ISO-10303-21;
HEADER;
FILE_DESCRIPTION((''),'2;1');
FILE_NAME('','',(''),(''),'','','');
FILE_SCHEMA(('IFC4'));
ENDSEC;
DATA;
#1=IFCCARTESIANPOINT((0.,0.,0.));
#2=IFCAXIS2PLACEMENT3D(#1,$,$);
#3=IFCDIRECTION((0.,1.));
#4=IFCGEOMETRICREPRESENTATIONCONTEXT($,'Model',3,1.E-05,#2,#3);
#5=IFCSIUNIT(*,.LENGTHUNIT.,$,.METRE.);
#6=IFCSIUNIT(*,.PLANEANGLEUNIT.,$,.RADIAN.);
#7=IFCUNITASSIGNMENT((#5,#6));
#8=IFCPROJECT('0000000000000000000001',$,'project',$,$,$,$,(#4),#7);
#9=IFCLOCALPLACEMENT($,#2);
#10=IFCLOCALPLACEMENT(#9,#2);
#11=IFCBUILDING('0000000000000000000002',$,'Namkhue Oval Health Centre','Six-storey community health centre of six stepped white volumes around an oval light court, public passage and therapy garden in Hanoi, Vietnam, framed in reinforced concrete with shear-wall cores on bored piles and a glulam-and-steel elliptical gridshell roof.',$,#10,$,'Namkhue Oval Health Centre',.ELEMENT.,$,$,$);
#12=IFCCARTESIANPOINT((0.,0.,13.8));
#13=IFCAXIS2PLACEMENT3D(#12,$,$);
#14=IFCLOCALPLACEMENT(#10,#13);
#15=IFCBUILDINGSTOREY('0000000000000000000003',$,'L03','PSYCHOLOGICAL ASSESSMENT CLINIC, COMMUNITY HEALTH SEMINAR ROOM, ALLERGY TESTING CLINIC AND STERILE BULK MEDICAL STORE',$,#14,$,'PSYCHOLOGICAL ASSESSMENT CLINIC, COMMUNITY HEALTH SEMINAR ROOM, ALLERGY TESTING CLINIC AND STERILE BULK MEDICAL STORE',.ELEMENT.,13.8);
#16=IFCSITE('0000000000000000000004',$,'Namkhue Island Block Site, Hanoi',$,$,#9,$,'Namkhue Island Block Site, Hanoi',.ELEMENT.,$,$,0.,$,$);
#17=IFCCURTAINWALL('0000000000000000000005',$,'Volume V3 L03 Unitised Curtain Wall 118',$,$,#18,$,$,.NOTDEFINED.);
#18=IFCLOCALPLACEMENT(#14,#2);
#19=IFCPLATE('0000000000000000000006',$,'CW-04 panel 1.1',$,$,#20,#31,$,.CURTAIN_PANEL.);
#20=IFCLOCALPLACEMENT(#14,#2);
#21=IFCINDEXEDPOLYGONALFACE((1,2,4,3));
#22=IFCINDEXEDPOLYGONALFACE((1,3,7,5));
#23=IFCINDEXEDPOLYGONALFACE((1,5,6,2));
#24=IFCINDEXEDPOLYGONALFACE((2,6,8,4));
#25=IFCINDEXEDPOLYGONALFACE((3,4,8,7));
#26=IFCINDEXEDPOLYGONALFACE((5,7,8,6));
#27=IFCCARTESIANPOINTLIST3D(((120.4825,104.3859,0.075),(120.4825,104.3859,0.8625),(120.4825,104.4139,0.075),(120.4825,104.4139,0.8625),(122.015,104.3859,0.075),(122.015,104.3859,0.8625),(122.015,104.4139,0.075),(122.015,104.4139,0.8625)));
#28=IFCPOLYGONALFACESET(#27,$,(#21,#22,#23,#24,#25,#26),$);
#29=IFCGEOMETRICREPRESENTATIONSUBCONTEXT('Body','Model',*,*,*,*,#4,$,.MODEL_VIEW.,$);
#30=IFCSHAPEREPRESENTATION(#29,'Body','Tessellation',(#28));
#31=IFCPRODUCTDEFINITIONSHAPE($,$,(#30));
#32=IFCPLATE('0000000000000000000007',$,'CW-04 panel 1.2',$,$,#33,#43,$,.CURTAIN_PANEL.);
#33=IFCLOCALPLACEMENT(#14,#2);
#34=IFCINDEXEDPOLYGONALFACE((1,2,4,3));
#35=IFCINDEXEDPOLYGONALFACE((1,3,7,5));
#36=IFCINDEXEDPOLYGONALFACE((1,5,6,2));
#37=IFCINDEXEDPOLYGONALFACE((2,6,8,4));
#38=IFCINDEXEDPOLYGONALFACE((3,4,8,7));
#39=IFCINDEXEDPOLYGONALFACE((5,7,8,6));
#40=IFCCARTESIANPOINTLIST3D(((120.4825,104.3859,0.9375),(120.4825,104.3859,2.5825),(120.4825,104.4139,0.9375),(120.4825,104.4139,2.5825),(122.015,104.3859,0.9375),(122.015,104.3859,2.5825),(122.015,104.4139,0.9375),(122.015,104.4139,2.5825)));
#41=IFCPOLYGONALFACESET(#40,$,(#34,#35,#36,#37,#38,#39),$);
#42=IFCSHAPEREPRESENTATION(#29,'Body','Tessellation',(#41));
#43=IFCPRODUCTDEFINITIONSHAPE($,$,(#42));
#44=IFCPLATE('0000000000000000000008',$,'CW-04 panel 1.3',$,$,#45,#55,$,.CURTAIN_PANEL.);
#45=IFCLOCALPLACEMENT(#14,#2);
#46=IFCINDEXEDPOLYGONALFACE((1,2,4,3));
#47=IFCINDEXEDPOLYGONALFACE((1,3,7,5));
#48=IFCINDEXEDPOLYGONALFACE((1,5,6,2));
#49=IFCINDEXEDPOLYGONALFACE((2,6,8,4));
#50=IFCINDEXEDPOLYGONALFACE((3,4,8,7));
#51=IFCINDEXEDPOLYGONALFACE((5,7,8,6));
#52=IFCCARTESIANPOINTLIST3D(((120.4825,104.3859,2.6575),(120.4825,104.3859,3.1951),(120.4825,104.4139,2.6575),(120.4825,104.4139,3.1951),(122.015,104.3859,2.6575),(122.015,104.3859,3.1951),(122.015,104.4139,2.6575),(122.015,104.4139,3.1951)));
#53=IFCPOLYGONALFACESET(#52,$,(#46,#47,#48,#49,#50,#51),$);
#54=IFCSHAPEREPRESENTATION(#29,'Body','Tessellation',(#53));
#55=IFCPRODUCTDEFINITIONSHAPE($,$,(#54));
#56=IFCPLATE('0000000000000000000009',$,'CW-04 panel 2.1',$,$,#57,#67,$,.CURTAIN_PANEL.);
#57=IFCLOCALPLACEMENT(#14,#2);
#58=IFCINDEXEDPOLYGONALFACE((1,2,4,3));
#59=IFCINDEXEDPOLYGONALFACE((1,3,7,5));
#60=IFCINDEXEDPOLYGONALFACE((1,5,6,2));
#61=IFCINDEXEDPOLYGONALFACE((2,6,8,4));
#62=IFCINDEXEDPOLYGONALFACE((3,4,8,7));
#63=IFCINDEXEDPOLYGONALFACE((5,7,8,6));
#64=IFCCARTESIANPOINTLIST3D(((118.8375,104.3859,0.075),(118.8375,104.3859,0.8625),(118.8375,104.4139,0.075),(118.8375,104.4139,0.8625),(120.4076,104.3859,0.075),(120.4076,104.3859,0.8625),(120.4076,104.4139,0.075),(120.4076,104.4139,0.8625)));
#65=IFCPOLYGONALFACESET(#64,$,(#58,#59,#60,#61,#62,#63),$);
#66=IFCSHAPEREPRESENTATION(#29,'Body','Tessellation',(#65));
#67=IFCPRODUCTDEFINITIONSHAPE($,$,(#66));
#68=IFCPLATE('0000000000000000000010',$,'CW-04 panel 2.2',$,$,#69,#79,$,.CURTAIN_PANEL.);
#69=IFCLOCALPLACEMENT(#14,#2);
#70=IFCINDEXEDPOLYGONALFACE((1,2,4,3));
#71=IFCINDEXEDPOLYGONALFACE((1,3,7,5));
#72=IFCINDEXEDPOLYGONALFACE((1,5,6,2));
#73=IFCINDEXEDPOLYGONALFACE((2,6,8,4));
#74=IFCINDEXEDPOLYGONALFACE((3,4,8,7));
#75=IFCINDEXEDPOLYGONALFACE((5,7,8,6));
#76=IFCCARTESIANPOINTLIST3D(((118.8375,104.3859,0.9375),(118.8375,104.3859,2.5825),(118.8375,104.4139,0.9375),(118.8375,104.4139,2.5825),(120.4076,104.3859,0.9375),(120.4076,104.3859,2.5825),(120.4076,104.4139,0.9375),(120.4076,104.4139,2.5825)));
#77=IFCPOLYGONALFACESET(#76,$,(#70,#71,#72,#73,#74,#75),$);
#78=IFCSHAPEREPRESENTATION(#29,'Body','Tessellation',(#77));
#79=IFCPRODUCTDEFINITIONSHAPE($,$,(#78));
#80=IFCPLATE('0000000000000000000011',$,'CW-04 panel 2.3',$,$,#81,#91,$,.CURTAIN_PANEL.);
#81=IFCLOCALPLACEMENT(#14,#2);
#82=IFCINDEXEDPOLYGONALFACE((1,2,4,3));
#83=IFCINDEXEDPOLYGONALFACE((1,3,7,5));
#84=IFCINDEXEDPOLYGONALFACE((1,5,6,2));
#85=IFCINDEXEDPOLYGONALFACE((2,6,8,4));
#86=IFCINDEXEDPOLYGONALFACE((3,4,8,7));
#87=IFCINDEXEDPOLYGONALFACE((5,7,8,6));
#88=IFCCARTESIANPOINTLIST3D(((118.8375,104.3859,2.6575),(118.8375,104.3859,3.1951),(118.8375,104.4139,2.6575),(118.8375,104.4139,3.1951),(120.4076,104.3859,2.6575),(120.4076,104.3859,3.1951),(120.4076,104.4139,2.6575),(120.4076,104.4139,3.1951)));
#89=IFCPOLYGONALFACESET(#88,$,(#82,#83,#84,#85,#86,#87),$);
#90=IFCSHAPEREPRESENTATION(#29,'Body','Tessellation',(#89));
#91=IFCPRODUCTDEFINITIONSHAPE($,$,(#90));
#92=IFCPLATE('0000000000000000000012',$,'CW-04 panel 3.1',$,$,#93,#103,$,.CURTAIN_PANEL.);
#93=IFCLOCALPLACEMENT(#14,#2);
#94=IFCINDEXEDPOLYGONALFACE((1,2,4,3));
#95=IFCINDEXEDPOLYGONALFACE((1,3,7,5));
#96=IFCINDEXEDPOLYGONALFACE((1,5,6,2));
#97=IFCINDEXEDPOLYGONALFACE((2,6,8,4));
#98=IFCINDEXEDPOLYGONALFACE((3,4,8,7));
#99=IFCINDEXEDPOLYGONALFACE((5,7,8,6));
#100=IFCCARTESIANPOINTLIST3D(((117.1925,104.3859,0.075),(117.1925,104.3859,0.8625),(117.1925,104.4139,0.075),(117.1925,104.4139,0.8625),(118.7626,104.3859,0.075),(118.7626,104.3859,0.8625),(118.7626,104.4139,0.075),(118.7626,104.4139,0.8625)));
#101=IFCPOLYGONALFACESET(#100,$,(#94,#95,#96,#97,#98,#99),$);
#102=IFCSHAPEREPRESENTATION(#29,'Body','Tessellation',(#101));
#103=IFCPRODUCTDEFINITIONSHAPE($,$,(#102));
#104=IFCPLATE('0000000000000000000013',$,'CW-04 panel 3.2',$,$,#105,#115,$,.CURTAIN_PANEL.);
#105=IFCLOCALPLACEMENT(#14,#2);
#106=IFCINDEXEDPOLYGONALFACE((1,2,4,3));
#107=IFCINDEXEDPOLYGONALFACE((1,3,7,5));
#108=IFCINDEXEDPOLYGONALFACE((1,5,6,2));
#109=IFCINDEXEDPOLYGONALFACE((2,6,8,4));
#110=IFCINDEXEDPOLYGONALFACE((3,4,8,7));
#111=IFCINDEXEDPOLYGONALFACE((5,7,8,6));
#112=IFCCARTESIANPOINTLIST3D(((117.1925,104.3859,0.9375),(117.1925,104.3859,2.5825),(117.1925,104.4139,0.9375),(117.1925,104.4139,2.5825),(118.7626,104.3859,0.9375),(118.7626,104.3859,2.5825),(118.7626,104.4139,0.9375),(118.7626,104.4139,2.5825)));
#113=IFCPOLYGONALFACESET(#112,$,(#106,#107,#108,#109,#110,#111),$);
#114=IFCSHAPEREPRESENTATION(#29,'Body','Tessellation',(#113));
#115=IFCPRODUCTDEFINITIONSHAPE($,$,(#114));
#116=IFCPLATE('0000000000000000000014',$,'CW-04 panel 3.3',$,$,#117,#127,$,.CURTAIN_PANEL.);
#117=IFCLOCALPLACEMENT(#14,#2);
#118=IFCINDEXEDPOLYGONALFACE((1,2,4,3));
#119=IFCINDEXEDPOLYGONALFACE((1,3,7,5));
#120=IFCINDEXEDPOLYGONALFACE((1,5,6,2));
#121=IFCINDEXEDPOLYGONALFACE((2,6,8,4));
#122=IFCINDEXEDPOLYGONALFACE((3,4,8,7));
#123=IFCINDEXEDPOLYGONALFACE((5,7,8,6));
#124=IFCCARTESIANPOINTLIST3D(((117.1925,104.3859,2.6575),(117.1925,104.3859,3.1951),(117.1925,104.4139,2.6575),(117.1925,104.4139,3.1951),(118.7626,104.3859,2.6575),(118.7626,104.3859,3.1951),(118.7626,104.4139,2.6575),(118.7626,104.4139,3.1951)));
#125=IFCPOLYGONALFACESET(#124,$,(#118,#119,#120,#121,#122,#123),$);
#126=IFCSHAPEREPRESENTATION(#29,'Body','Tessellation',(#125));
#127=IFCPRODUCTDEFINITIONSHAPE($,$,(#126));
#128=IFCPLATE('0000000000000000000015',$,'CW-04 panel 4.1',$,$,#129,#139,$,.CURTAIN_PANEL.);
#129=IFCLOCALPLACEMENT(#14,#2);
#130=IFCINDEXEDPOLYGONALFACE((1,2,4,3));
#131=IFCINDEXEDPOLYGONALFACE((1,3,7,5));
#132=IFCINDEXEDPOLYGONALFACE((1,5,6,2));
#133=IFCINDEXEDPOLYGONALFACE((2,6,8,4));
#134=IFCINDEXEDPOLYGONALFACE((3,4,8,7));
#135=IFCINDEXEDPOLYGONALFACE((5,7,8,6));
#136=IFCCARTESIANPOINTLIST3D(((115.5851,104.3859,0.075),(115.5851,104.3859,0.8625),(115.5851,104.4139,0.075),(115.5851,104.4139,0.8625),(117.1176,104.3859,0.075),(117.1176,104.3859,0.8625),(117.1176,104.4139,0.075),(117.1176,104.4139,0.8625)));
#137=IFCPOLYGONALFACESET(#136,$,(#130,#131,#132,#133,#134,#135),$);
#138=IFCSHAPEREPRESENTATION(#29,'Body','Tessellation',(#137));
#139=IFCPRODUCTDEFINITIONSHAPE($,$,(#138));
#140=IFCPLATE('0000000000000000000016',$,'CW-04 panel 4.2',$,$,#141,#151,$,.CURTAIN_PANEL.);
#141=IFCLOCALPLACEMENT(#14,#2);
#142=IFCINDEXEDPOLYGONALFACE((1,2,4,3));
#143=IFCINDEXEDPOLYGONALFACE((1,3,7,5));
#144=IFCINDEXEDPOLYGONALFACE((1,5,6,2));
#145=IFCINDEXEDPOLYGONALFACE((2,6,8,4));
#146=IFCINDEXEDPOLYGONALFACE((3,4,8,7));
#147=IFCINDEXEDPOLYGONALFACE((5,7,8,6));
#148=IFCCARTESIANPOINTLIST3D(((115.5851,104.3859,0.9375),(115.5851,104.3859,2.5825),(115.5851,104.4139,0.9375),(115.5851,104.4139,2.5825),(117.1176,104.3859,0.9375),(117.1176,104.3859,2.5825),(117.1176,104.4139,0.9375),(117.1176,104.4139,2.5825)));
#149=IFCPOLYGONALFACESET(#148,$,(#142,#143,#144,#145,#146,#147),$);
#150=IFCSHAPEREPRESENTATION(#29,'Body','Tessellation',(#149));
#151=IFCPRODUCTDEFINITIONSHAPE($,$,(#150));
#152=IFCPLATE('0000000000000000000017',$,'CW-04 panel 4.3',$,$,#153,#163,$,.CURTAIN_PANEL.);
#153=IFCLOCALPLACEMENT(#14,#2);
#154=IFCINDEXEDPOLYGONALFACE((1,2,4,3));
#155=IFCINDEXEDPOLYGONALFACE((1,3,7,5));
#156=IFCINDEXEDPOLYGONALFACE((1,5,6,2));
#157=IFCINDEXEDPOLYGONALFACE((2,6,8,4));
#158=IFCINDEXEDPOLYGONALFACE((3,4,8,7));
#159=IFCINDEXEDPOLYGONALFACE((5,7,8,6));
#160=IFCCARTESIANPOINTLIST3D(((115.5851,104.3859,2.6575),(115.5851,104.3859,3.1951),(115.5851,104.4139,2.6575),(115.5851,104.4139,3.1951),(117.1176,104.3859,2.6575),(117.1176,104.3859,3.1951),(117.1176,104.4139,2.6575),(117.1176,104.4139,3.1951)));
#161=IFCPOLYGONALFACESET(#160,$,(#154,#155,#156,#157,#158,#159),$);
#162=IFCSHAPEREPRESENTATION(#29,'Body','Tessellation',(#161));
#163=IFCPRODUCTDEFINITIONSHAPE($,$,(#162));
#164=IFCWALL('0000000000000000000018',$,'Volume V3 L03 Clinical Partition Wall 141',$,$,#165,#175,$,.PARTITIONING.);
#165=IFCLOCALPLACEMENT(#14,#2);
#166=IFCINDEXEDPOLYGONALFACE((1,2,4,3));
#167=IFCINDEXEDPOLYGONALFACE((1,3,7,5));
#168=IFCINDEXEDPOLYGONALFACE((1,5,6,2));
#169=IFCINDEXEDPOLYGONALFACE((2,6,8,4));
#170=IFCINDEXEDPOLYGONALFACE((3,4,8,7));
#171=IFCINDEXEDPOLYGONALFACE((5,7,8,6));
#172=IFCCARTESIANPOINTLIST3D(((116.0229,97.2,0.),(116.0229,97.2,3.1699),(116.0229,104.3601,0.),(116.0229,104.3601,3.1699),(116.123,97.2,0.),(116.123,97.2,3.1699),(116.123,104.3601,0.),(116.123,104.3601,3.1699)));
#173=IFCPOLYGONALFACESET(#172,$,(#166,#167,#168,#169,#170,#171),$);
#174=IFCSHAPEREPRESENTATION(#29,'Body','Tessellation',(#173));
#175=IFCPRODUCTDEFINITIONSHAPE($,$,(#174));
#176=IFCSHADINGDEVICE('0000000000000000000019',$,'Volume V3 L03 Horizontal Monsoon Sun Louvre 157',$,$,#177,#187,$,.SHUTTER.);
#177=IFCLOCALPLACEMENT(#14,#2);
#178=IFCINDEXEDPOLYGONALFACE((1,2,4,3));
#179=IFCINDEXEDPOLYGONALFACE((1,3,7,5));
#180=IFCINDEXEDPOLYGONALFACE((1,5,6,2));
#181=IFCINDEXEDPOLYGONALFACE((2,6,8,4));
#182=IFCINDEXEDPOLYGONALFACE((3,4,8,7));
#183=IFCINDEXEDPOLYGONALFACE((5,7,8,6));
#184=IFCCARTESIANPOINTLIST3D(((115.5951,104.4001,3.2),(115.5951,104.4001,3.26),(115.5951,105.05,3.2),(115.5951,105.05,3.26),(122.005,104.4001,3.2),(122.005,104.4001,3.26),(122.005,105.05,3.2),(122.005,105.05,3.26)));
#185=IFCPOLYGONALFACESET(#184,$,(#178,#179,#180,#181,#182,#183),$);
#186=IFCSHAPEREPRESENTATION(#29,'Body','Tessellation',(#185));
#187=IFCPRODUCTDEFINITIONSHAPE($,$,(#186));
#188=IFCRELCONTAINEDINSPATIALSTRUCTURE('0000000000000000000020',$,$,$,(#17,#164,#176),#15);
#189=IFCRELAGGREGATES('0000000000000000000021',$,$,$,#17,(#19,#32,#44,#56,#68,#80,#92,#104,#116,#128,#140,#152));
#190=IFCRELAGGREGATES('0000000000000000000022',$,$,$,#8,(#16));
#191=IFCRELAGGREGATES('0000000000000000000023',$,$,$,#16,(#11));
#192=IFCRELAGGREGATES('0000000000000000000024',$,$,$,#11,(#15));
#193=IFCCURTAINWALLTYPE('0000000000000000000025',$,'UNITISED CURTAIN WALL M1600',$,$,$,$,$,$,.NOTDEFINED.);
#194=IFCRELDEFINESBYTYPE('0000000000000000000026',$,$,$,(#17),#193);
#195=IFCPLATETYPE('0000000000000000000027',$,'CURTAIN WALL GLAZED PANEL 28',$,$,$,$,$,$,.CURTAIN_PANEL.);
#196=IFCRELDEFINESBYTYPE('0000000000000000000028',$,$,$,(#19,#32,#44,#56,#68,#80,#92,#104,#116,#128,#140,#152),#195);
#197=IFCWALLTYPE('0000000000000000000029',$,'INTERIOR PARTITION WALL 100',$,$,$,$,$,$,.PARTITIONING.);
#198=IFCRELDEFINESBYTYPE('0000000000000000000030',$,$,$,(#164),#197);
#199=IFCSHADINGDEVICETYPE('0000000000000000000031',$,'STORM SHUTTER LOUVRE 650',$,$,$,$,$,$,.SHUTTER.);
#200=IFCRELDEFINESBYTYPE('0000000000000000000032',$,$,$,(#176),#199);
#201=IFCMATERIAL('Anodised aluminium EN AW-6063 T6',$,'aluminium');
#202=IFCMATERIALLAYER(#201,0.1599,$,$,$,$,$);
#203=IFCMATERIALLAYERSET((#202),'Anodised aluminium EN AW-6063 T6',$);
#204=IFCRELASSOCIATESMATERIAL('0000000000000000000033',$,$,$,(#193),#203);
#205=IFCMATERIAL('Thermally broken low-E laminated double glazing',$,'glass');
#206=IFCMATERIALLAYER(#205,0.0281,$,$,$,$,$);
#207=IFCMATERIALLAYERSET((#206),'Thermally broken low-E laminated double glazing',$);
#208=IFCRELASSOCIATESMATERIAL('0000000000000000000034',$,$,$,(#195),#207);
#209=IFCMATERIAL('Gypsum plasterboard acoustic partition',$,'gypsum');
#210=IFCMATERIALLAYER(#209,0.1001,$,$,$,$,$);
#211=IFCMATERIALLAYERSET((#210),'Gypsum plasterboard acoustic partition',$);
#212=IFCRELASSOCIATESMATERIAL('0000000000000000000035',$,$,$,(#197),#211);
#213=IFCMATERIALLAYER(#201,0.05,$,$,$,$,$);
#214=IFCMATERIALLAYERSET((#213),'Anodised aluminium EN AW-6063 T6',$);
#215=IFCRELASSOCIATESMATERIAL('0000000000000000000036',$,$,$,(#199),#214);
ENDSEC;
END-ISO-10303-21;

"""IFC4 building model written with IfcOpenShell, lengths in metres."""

from ifc_helpers import new_model, si_unit, direction, frame, frame_2d, origin, origin_2d, place, context, subcontext, project, spatial, rectangle, extrude, material, layer, layer_set, type_object, element, aggregate, save


model = new_model("IFC4")

# Units and contexts
model_context = context("Model", 3, precision=1e-05, world=origin(), true_north=direction((0.0, 1.0)))
body_context = subcontext(model_context, "Body", "Model", "MODEL_VIEW")
ifc_project = project(units=[si_unit("LENGTHUNIT", "METRE"), si_unit("PLANEANGLEUNIT", "RADIAN")], contexts=[model_context])

# Site, building, storey
site_placement = place(None, origin())
site = spatial("IfcSite", under=ifc_project, at=site_placement, Name="Namkhue Island Block Site, Hanoi", LongName="Namkhue Island Block Site, Hanoi", CompositionType="ELEMENT", RefElevation=0.0)
building_placement = place(site_placement, origin())
building = spatial("IfcBuilding", under=site, at=building_placement, Name="Namkhue Oval Health Centre", Description="Six-storey community health centre of six stepped white volumes around an oval light court, public passage and therapy garden in Hanoi, Vietnam, framed in reinforced concrete with shear-wall cores on bored piles and a glulam-and-steel elliptical gridshell roof.", LongName="Namkhue Oval Health Centre", CompositionType="ELEMENT")
storey_placement = place(building_placement, frame((0.0, 0.0, 13.8)))
storey = spatial("IfcBuildingStorey", under=building, at=storey_placement, Name="L03", Description="PSYCHOLOGICAL ASSESSMENT CLINIC, COMMUNITY HEALTH SEMINAR ROOM, ALLERGY TESTING CLINIC AND STERILE BULK MEDICAL STORE", LongName="PSYCHOLOGICAL ASSESSMENT CLINIC, COMMUNITY HEALTH SEMINAR ROOM, ALLERGY TESTING CLINIC AND STERILE BULK MEDICAL STORE", CompositionType="ELEMENT", Elevation=13.8)

# Curtain wall
ifc_material_1 = material(Name="Anodised aluminium EN AW-6063 T6", Category="aluminium")
ifc_layer_1 = layer(ifc_material_1, 0.1599)
ifc_layer_set_1 = layer_set([ifc_layer_1], Name="Anodised aluminium EN AW-6063 T6")
curtain_wall_type = type_object("IfcCurtainWallType", Name="UNITISED CURTAIN WALL M1600", PredefinedType="NOTDEFINED", material=ifc_layer_set_1)
curtain_wall_placement = place(storey_placement, origin())
curtain_wall = element("IfcCurtainWall", 1, at=curtain_wall_placement, inside=storey, type_object=curtain_wall_type, Name="Volume V3 L03 Unitised Curtain Wall 118", PredefinedType="NOTDEFINED")

# Plates
ifc_material_2 = material(Name="Thermally broken low-E laminated double glazing", Category="glass")
ifc_layer_2 = layer(ifc_material_2, 0.0281)
ifc_layer_set_2 = layer_set([ifc_layer_2], Name="Thermally broken low-E laminated double glazing")
plate_type = type_object("IfcPlateType", Name="CURTAIN WALL GLAZED PANEL 28", PredefinedType="CURTAIN_PANEL", material=ifc_layer_set_2)
plate_1_placement = place(storey_placement, frame((121.2488, 104.3999, 0.075), z_axis=(0.0, 0.0, 1.0), x_axis=(-1.0, 0.0, 0.0)))
plate_1 = element("IfcPlate", 2, at=plate_1_placement, type_object=plate_type, Name="CW-04 panel 1.1", PredefinedType="CURTAIN_PANEL", context=body_context, shape_type="SweptSolid", body=[
    extrude(rectangle(XDim=1.5325, YDim=0.0281, at=origin_2d()), origin(), (0.0, 0.0, 1.0), 0.7876),
])
plate_2_placement = place(storey_placement, frame((121.2488, 104.3999, 0.9375), z_axis=(0.0, 0.0, 1.0), x_axis=(-1.0, 0.0, 0.0)))
plate_2 = element("IfcPlate", 3, at=plate_2_placement, type_object=plate_type, Name="CW-04 panel 1.2", PredefinedType="CURTAIN_PANEL", context=body_context, shape_type="SweptSolid", body=[
    extrude(rectangle(XDim=1.5325, YDim=0.0281, at=origin_2d()), origin(), (0.0, 0.0, 1.0), 1.645),
])
plate_3_placement = place(storey_placement, frame((121.2488, 104.3999, 2.6575), z_axis=(0.0, 0.0, 1.0), x_axis=(-1.0, 0.0, 0.0)))
plate_3 = element("IfcPlate", 4, at=plate_3_placement, type_object=plate_type, Name="CW-04 panel 1.3", PredefinedType="CURTAIN_PANEL", context=body_context, shape_type="SweptSolid", body=[
    extrude(rectangle(XDim=1.5325, YDim=0.0281, at=origin_2d()), origin(), (0.0, 0.0, 1.0), 0.5376),
])
plate_4_placement = place(storey_placement, frame((119.6226, 104.3999, 0.075), z_axis=(0.0, 0.0, 1.0), x_axis=(-1.0, 0.0, 0.0)))
plate_4 = element("IfcPlate", 5, at=plate_4_placement, type_object=plate_type, Name="CW-04 panel 2.1", PredefinedType="CURTAIN_PANEL", context=body_context, shape_type="SweptSolid", body=[
    extrude(rectangle(XDim=1.5701, YDim=0.0281, at=origin_2d()), origin(), (0.0, 0.0, 1.0), 0.7876),
])
plate_5_placement = place(storey_placement, frame((119.6226, 104.3999, 0.9375), z_axis=(0.0, 0.0, 1.0), x_axis=(-1.0, 0.0, 0.0)))
plate_5 = element("IfcPlate", 6, at=plate_5_placement, type_object=plate_type, Name="CW-04 panel 2.2", PredefinedType="CURTAIN_PANEL", context=body_context, shape_type="SweptSolid", body=[
    extrude(rectangle(XDim=1.5701, YDim=0.0281, at=origin_2d()), origin(), (0.0, 0.0, 1.0), 1.645),
])
plate_6_placement = place(storey_placement, frame((119.6226, 104.3999, 2.6575), z_axis=(0.0, 0.0, 1.0), x_axis=(-1.0, 0.0, 0.0)))
plate_6 = element("IfcPlate", 7, at=plate_6_placement, type_object=plate_type, Name="CW-04 panel 2.3", PredefinedType="CURTAIN_PANEL", context=body_context, shape_type="SweptSolid", body=[
    extrude(rectangle(XDim=1.5701, YDim=0.0281, at=origin_2d()), origin(), (0.0, 0.0, 1.0), 0.5376),
])
plate_7_placement = place(storey_placement, frame((117.9775, 104.3999, 0.075), z_axis=(0.0, 0.0, 1.0), x_axis=(-1.0, 0.0, 0.0)))
plate_7 = element("IfcPlate", 8, at=plate_7_placement, type_object=plate_type, Name="CW-04 panel 3.1", PredefinedType="CURTAIN_PANEL", context=body_context, shape_type="SweptSolid", body=[
    extrude(rectangle(XDim=1.5701, YDim=0.0281, at=origin_2d()), origin(), (0.0, 0.0, 1.0), 0.7876),
])
plate_8_placement = place(storey_placement, frame((117.9775, 104.3999, 0.9375), z_axis=(0.0, 0.0, 1.0), x_axis=(-1.0, 0.0, 0.0)))
plate_8 = element("IfcPlate", 9, at=plate_8_placement, type_object=plate_type, Name="CW-04 panel 3.2", PredefinedType="CURTAIN_PANEL", context=body_context, shape_type="SweptSolid", body=[
    extrude(rectangle(XDim=1.5701, YDim=0.0281, at=origin_2d()), origin(), (0.0, 0.0, 1.0), 1.645),
])
plate_9_placement = place(storey_placement, frame((117.9775, 104.3999, 2.6575), z_axis=(0.0, 0.0, 1.0), x_axis=(-1.0, 0.0, 0.0)))
plate_9 = element("IfcPlate", 10, at=plate_9_placement, type_object=plate_type, Name="CW-04 panel 3.3", PredefinedType="CURTAIN_PANEL", context=body_context, shape_type="SweptSolid", body=[
    extrude(rectangle(XDim=1.5701, YDim=0.0281, at=origin_2d()), origin(), (0.0, 0.0, 1.0), 0.5376),
])
plate_10_placement = place(storey_placement, frame((116.3513, 104.3999, 0.075), z_axis=(0.0, 0.0, 1.0), x_axis=(-1.0, 0.0, 0.0)))
plate_10 = element("IfcPlate", 11, at=plate_10_placement, type_object=plate_type, Name="CW-04 panel 4.1", PredefinedType="CURTAIN_PANEL", context=body_context, shape_type="SweptSolid", body=[
    extrude(rectangle(XDim=1.5325, YDim=0.0281, at=origin_2d()), origin(), (0.0, 0.0, 1.0), 0.7876),
])
plate_11_placement = place(storey_placement, frame((116.3513, 104.3999, 0.9375), z_axis=(0.0, 0.0, 1.0), x_axis=(-1.0, 0.0, 0.0)))
plate_11 = element("IfcPlate", 12, at=plate_11_placement, type_object=plate_type, Name="CW-04 panel 4.2", PredefinedType="CURTAIN_PANEL", context=body_context, shape_type="SweptSolid", body=[
    extrude(rectangle(XDim=1.5325, YDim=0.0281, at=origin_2d()), origin(), (0.0, 0.0, 1.0), 1.645),
])
plate_12_placement = place(storey_placement, frame((116.3513, 104.3999, 2.6575), z_axis=(0.0, 0.0, 1.0), x_axis=(-1.0, 0.0, 0.0)))
plate_12 = element("IfcPlate", 13, at=plate_12_placement, type_object=plate_type, Name="CW-04 panel 4.3", PredefinedType="CURTAIN_PANEL", context=body_context, shape_type="SweptSolid", body=[
    extrude(rectangle(XDim=1.5325, YDim=0.0281, at=origin_2d()), origin(), (0.0, 0.0, 1.0), 0.5376),
])
aggregate(curtain_wall, [plate_1, plate_2, plate_3, plate_4, plate_5, plate_6, plate_7, plate_8, plate_9, plate_10, plate_11, plate_12])

# Wall
ifc_material_3 = material(Name="Gypsum plasterboard acoustic partition", Category="gypsum")
ifc_layer_3 = layer(ifc_material_3, 0.1001)
ifc_layer_set_3 = layer_set([ifc_layer_3], Name="Gypsum plasterboard acoustic partition")
wall_type = type_object("IfcWallType", Name="INTERIOR PARTITION WALL 100", PredefinedType="PARTITIONING", material=ifc_layer_set_3)
wall_placement = place(storey_placement, frame((116.073, 97.2, 0.0), z_axis=(0.0, 0.0, 1.0), x_axis=(0.0, 1.0, 0.0)))
element("IfcWall", 14, at=wall_placement, inside=storey, type_object=wall_type, Name="Volume V3 L03 Clinical Partition Wall 141", PredefinedType="PARTITIONING", context=body_context, shape_type="SweptSolid", body=[
    extrude(rectangle(XDim=7.1602, YDim=0.1001, at=frame_2d((3.5801, 0.0))), origin(), (0.0, 0.0, 1.0), 3.1699),
])

# Shading device
ifc_layer_4 = layer(ifc_material_1, 0.05)
ifc_layer_set_4 = layer_set([ifc_layer_4], Name="Anodised aluminium EN AW-6063 T6")
shading_device_type = type_object("IfcShadingDeviceType", Name="STORM SHUTTER LOUVRE 650", PredefinedType="SHUTTER", material=ifc_layer_set_4)
shading_device_placement = place(storey_placement, frame((118.8, 104.7251, 3.2), z_axis=(0.0, 0.0, 1.0), x_axis=(-1.0, 0.0, 0.0)))
element("IfcShadingDevice", 15, at=shading_device_placement, inside=storey, type_object=shading_device_type, Name="Volume V3 L03 Horizontal Monsoon Sun Louvre 157", PredefinedType="SHUTTER", context=body_context, shape_type="SweptSolid", body=[
    extrude(rectangle(XDim=6.4099, YDim=0.6499, at=origin_2d()), origin(), (0.0, 0.0, 1.0), 0.0601),
])

save(model, "model.ifc")
